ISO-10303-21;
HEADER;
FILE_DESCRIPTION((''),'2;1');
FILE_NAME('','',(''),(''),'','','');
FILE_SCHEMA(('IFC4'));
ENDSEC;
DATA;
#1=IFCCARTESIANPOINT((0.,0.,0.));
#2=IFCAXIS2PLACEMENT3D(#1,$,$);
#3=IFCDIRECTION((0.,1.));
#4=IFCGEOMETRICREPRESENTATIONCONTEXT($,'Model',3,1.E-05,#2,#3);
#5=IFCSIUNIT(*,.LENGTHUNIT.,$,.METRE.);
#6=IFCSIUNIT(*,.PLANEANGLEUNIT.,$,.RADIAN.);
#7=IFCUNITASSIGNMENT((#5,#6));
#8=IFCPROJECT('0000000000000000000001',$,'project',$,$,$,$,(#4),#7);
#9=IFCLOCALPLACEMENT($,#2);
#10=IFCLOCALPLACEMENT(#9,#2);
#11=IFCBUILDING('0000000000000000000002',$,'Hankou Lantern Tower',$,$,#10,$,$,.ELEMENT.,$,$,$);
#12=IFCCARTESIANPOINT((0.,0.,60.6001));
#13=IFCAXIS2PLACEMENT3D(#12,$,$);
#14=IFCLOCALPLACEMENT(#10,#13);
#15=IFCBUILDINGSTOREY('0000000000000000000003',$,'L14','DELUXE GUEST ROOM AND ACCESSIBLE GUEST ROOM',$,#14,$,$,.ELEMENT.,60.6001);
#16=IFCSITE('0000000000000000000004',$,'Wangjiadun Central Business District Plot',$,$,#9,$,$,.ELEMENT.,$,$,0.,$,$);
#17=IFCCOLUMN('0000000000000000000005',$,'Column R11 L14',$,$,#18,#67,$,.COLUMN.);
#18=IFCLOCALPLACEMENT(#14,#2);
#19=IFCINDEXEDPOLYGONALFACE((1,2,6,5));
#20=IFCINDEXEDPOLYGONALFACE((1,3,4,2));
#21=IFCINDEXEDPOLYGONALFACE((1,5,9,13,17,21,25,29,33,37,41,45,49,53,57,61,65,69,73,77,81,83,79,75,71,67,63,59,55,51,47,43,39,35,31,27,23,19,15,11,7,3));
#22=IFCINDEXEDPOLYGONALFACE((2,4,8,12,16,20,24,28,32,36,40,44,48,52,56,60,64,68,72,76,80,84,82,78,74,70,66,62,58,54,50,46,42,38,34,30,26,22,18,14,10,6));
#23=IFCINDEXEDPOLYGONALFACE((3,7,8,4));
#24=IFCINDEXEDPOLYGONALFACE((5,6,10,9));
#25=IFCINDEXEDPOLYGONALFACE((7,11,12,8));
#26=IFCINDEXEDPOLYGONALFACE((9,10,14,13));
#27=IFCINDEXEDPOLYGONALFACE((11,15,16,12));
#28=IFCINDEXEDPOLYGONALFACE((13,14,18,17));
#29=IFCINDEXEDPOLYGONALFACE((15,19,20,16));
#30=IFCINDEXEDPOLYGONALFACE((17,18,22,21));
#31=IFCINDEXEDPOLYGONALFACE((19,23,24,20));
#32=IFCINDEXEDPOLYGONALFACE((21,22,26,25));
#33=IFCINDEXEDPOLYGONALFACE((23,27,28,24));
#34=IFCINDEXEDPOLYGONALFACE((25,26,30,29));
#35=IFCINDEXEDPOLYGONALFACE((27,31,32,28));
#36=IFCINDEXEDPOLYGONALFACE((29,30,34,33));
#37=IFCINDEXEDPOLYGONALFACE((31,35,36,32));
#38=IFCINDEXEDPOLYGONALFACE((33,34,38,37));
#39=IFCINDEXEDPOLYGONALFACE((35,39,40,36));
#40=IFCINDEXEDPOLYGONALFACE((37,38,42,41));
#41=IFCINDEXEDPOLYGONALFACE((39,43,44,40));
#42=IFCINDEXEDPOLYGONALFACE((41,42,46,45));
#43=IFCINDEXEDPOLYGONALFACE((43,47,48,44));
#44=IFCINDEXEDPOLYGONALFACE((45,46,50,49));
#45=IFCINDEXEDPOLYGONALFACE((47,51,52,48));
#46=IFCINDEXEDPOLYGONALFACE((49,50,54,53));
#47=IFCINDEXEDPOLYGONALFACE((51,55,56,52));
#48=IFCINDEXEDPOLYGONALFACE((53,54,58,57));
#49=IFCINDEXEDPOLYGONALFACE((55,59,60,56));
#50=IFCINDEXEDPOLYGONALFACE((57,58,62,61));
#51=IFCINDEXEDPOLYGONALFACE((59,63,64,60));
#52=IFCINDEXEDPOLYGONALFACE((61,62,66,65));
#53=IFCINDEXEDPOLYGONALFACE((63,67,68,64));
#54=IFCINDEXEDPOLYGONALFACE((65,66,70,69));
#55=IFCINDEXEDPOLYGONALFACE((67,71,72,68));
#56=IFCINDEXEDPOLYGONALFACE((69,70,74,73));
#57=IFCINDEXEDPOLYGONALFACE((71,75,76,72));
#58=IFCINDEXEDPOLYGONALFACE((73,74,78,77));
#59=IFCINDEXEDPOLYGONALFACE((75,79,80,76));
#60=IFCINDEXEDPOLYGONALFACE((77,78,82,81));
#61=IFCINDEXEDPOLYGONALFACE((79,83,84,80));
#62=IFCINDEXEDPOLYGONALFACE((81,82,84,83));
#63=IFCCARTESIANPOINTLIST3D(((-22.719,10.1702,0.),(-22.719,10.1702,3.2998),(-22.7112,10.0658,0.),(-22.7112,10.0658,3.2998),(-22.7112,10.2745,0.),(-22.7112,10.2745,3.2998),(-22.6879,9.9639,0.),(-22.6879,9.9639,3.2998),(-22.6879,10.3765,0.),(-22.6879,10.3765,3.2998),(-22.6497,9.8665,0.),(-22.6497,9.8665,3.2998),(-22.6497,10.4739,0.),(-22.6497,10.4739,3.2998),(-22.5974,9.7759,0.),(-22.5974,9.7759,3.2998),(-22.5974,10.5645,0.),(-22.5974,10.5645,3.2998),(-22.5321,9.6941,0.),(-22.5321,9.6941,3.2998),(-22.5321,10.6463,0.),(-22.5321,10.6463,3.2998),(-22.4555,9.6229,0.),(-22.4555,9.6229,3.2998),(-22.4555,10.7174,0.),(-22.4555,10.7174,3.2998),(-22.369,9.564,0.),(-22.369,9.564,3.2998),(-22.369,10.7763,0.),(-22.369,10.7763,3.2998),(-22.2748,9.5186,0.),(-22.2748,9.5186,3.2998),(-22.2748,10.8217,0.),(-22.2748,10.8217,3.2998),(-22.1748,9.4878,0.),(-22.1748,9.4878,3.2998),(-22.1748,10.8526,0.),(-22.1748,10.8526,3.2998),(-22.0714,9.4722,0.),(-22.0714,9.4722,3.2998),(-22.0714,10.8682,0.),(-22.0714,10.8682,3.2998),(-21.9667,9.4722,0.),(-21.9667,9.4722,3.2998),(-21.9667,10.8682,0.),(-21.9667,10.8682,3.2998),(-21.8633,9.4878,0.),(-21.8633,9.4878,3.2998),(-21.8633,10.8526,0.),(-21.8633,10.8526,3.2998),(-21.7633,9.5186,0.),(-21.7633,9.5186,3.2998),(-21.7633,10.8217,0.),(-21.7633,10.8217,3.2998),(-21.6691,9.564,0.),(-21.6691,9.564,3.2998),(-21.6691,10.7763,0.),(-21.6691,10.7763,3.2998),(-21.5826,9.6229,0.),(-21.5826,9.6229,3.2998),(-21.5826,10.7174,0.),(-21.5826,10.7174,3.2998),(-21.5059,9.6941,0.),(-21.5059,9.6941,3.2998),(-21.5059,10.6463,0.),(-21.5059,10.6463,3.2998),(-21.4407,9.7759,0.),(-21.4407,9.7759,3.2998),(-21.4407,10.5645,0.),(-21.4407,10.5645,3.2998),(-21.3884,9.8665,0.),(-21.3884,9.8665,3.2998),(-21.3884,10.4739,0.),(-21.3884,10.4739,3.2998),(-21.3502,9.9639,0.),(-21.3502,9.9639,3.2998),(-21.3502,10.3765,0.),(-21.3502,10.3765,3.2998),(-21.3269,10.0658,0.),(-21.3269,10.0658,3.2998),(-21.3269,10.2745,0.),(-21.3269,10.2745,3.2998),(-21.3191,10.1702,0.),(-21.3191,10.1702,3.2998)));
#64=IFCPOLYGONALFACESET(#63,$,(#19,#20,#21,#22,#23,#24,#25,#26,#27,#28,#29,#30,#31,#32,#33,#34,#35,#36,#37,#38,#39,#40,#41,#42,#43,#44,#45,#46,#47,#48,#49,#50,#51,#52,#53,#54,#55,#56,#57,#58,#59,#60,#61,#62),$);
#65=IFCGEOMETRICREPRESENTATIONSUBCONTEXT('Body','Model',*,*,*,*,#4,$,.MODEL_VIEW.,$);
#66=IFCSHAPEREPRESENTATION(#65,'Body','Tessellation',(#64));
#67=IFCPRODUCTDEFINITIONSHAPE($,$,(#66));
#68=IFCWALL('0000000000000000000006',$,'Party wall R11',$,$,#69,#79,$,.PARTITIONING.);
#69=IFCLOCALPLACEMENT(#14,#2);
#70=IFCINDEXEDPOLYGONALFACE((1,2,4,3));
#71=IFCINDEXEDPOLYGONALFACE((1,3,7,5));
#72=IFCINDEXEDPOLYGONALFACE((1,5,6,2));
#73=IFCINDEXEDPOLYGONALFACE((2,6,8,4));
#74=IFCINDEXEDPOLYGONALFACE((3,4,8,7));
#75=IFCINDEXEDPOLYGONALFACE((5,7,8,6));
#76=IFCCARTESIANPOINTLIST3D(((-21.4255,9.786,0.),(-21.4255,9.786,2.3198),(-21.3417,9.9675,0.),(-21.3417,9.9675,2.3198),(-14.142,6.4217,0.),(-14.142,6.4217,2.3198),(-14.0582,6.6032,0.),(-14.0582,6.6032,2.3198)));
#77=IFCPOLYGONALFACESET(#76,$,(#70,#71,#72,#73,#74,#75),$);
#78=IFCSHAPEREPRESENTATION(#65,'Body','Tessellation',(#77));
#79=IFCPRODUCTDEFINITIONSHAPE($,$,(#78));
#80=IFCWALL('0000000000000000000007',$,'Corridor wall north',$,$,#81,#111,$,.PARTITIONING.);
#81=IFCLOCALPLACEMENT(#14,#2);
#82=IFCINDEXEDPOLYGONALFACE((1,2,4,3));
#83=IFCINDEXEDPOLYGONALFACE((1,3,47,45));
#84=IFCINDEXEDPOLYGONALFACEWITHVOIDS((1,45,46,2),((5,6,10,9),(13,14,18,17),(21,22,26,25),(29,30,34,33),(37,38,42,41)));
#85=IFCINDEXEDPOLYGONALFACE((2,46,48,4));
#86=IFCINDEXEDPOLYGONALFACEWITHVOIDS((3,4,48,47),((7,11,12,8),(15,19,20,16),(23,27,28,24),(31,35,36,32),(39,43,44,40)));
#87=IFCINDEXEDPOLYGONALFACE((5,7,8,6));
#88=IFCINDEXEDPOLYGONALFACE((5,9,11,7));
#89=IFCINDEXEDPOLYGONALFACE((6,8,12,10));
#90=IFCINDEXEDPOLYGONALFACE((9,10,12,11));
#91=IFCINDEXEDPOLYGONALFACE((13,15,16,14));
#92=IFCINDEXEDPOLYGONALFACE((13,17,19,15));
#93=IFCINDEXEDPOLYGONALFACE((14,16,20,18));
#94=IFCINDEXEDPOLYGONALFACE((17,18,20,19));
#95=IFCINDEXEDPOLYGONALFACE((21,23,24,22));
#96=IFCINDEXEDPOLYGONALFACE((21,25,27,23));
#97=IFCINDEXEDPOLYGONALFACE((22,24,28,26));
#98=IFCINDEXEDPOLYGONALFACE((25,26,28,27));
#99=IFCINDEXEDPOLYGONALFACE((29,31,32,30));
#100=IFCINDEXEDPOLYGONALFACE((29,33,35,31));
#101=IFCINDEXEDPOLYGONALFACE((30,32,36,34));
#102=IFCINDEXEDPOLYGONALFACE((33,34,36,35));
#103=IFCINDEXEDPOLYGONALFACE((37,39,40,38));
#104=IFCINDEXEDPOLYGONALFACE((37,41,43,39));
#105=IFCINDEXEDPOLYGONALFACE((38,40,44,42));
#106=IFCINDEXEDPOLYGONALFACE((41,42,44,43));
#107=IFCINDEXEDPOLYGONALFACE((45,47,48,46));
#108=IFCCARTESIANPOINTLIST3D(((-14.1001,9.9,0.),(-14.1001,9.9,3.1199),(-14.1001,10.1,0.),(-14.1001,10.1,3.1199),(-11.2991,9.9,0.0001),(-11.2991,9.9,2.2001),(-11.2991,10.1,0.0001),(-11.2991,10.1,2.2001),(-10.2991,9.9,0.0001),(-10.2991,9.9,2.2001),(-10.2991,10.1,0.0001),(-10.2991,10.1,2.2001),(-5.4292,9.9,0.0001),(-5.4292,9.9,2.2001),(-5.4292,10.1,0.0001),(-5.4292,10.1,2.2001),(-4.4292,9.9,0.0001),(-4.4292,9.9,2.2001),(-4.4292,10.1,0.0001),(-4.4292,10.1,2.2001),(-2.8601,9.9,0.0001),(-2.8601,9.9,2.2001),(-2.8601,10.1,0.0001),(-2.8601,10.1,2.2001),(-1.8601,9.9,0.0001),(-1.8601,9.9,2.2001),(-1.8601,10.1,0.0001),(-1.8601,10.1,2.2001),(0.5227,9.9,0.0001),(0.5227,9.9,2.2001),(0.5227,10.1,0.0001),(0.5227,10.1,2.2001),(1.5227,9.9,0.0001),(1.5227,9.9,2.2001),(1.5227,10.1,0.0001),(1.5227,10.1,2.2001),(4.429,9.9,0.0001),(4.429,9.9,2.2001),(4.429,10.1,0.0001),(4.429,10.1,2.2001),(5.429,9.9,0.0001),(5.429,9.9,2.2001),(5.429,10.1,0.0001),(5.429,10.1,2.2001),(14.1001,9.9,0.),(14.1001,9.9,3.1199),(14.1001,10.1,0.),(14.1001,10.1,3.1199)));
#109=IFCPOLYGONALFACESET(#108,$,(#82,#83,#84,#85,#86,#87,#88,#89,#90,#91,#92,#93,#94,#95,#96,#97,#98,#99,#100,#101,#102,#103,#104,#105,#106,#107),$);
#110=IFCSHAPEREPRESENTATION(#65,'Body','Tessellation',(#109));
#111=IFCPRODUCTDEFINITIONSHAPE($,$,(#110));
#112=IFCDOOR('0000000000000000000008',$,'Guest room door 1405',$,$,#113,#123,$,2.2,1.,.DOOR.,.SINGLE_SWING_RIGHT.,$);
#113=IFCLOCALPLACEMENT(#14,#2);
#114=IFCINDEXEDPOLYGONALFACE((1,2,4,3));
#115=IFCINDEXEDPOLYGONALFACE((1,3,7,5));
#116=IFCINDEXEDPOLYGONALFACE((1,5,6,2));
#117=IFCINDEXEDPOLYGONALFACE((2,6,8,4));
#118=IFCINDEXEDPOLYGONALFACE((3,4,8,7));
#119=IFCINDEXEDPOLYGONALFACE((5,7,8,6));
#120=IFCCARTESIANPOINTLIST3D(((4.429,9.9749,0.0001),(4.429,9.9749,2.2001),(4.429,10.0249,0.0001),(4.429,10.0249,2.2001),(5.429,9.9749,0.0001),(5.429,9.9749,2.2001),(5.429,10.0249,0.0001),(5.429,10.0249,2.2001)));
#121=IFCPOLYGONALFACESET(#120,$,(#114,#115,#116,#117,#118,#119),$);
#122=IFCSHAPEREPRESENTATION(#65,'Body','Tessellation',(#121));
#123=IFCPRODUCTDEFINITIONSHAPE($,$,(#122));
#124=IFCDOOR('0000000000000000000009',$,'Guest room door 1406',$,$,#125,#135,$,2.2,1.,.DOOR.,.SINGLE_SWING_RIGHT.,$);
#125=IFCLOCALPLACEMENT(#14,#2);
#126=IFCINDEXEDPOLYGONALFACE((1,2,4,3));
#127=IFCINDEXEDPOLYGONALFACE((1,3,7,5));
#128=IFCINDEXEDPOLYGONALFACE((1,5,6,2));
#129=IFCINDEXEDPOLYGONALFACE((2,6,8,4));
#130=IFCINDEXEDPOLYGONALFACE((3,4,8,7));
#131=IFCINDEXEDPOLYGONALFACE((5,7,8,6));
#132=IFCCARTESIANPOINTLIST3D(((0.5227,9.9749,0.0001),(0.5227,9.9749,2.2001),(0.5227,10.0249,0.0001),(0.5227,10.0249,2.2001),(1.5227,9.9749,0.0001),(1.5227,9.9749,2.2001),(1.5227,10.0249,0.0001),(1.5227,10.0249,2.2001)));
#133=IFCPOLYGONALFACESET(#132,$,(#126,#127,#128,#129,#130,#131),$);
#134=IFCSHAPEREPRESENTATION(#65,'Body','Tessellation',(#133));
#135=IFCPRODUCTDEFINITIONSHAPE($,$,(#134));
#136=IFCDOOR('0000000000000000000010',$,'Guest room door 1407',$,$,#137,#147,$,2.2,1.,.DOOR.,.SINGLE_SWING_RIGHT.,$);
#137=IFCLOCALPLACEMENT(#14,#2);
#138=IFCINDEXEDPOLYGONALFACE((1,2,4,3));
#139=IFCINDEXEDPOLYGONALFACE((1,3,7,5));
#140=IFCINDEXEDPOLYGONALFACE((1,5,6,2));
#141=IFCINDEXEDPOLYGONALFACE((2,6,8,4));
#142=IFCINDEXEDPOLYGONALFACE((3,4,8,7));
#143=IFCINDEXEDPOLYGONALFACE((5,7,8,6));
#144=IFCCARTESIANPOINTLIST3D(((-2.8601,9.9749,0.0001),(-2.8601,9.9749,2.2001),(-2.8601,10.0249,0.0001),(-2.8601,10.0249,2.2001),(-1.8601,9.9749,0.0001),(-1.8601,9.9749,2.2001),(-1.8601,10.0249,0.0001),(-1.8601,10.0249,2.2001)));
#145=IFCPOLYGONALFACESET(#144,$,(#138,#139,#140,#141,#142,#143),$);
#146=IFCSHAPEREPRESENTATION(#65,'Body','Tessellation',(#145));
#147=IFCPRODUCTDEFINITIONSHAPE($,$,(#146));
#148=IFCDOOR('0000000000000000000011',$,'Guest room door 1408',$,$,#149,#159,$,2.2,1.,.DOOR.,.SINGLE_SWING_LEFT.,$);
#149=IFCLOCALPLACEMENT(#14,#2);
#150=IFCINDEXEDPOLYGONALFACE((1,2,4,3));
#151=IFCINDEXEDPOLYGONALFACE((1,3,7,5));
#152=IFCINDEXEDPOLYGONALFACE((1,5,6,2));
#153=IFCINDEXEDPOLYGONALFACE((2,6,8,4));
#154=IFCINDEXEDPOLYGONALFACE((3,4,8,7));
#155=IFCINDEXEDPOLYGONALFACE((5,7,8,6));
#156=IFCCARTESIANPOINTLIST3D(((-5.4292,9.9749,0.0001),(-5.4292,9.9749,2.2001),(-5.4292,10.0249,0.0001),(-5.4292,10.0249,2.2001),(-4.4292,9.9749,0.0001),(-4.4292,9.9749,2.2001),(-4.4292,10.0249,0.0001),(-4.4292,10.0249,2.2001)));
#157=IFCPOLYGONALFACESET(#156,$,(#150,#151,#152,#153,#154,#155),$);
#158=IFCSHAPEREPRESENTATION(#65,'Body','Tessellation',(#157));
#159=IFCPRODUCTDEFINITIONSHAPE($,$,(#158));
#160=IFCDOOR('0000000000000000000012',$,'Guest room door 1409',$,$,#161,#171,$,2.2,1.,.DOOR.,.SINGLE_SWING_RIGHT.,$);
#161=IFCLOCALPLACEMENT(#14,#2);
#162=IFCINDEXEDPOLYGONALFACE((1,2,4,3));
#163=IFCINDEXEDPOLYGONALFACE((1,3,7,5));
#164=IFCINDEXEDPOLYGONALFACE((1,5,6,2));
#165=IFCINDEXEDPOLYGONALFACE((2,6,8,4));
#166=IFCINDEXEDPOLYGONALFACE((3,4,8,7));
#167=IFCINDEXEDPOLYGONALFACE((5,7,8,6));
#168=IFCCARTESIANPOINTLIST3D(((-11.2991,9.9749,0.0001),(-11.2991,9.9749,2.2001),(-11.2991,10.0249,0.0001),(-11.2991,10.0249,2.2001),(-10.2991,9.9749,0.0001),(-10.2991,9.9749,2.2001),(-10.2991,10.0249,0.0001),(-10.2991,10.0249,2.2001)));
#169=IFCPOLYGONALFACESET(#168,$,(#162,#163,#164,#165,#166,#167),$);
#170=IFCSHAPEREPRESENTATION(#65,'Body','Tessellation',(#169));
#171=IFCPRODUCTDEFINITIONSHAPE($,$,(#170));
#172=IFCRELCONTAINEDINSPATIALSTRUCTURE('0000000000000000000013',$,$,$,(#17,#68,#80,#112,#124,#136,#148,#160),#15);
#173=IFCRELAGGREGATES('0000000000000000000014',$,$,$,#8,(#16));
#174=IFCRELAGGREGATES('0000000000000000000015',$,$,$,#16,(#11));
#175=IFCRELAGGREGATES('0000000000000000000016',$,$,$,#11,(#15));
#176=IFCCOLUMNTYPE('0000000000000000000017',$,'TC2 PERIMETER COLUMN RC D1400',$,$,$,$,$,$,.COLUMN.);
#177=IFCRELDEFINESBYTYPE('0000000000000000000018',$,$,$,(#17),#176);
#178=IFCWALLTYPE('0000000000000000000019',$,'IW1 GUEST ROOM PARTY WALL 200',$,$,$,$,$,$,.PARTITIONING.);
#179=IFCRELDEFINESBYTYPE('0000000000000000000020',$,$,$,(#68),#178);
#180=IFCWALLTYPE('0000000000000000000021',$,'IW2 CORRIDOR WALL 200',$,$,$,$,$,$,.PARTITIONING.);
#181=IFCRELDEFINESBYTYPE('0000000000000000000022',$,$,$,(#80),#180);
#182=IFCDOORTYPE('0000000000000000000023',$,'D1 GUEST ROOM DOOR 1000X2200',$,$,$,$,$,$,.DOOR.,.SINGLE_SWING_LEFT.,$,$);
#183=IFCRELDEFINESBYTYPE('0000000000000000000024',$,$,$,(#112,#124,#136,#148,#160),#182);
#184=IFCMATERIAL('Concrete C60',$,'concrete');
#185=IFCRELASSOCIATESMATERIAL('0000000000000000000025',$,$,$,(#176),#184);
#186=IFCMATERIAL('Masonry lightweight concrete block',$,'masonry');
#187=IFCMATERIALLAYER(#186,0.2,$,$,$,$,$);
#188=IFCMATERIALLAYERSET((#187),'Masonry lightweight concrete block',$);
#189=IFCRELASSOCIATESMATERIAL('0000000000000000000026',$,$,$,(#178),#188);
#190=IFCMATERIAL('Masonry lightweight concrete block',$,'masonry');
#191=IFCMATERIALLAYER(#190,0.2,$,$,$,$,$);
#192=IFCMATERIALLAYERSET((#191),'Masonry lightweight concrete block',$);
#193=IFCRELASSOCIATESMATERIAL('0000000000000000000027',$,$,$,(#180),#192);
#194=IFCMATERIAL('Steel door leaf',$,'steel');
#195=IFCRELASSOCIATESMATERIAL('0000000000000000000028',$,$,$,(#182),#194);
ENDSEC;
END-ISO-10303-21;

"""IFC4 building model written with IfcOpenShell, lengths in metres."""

from ifc_helpers import new_model, si_unit, direction, frame, frame_2d, origin, origin_2d, place, context, subcontext, project, spatial, rectangle, circle, extrude, material, layer, layer_set, material_profile, profile_set, type_object, element, fill, save


model = new_model("IFC4")

# Units and contexts
model_context = context("Model", 3, precision=1e-05, world=origin(), true_north=direction((0.0, 1.0)))
body_context = subcontext(model_context, "Body", "Model", "MODEL_VIEW")
ifc_project = project(units=[si_unit("LENGTHUNIT", "METRE"), si_unit("PLANEANGLEUNIT", "RADIAN")], contexts=[model_context])

# Site, building, storey
site_placement = place(None, origin())
site = spatial("IfcSite", under=ifc_project, at=site_placement, Name="Wangjiadun Central Business District Plot", CompositionType="ELEMENT", RefElevation=0.0)
building_placement = place(site_placement, origin())
building = spatial("IfcBuilding", under=site, at=building_placement, Name="Hankou Lantern Tower", CompositionType="ELEMENT")
storey_placement = place(building_placement, frame((0.0, 0.0, 60.6001)))
storey = spatial("IfcBuildingStorey", under=building, at=storey_placement, Name="L14", Description="DELUXE GUEST ROOM AND ACCESSIBLE GUEST ROOM", CompositionType="ELEMENT", Elevation=60.6001)

# Column
ifc_material_1 = material(Name="Concrete C60", Category="concrete")
ifc_material_profile = material_profile(ifc_material_1, circle(Radius=0.7, at=origin_2d()), Name="RC D1400")
ifc_profile_set = profile_set([ifc_material_profile], Name="Concrete C60")
column_type = type_object("IfcColumnType", Name="TC2 PERIMETER COLUMN RC D1400", PredefinedType="COLUMN", material=ifc_profile_set)
column_placement = place(storey_placement, frame((-22.019, 10.1702, 0.0), z_axis=(0.0, 0.0, 1.0), x_axis=(1.0, 0.0, 0.0)))
element("IfcColumn", 1, at=column_placement, inside=storey, type_object=column_type, Name="Column R11 L14", PredefinedType="COLUMN", context=body_context, shape_type="SweptSolid", body=[
    extrude(circle(Radius=0.7, at=origin_2d()), origin(), (0.0, 0.0, 1.0), 3.2998),
])

# Wall
ifc_material_2 = material(Name="Masonry lightweight concrete block", Category="masonry")
ifc_layer_1 = layer(ifc_material_2, 0.2)
ifc_layer_set_1 = layer_set([ifc_layer_1], Name="Masonry lightweight concrete block")
wall_type_1 = type_object("IfcWallType", Name="IW1 GUEST ROOM PARTY WALL 200", PredefinedType="PARTITIONING", material=ifc_layer_set_1)
wall_1_placement = place(storey_placement, frame((-14.1001, 6.5125, 0.0), z_axis=(0.0, 0.0, 1.0), x_axis=(-0.907833, 0.419332, 0.0)))
element("IfcWall", 2, at=wall_1_placement, inside=storey, type_object=wall_type_1, Name="Party wall R11", PredefinedType="PARTITIONING", context=body_context, shape_type="SweptSolid", body=[
    extrude(rectangle(XDim=8.0229, YDim=0.2, at=frame_2d((4.0115, 0.0))), origin(), (0.0, 0.0, 1.0), 2.3198),
])

# Wall, openings, doors
ifc_material_3 = material(Name="Masonry lightweight concrete block", Category="masonry")
ifc_layer_2 = layer(ifc_material_3, 0.2)
ifc_layer_set_2 = layer_set([ifc_layer_2], Name="Masonry lightweight concrete block")
wall_type_2 = type_object("IfcWallType", Name="IW2 CORRIDOR WALL 200", PredefinedType="PARTITIONING", material=ifc_layer_set_2)
wall_2_placement = place(storey_placement, frame((-14.1001, 10.0, 0.0), z_axis=(0.0, 0.0, 1.0), x_axis=(1.0, 0.0, 0.0)))
wall_2 = element("IfcWall", 3, at=wall_2_placement, inside=storey, type_object=wall_type_2, Name="Corridor wall north", PredefinedType="PARTITIONING", context=body_context, shape_type="SweptSolid", body=[
    extrude(rectangle(XDim=28.2002, YDim=0.2, at=frame_2d((14.1001, 0.0))), origin(), (0.0, 0.0, 1.0), 3.1199),
])
opening_1_placement = place(wall_2_placement, frame((18.5291, 0.0, 0.0)))
opening_1 = element("IfcOpeningElement", 4, at=opening_1_placement, cuts=wall_2, PredefinedType="OPENING", context=body_context, shape_type="SweptSolid", body=[
    extrude(rectangle(XDim=1.0, YDim=2.2, at=frame_2d((0.5, 1.1001))), frame((0.0, 0.1099, 0.0), z_axis=(0.0, -1.0, 0.0), x_axis=(1.0, 0.0, 0.0)), (0.0, 0.0, 1.0), 0.22),
])
opening_2_placement = place(wall_2_placement, frame((14.6228, 0.0, 0.0)))
opening_2 = element("IfcOpeningElement", 5, at=opening_2_placement, cuts=wall_2, PredefinedType="OPENING", context=body_context, shape_type="SweptSolid", body=[
    extrude(rectangle(XDim=1.0, YDim=2.2, at=frame_2d((0.5, 1.1001))), frame((0.0, 0.1099, 0.0), z_axis=(0.0, -1.0, 0.0), x_axis=(1.0, 0.0, 0.0)), (0.0, 0.0, 1.0), 0.22),
])
opening_3_placement = place(wall_2_placement, frame((11.24, 0.0, 0.0)))
opening_3 = element("IfcOpeningElement", 6, at=opening_3_placement, cuts=wall_2, PredefinedType="OPENING", context=body_context, shape_type="SweptSolid", body=[
    extrude(rectangle(XDim=1.0, YDim=2.2, at=frame_2d((0.5, 1.1001))), frame((0.0, 0.1099, 0.0), z_axis=(0.0, -1.0, 0.0), x_axis=(1.0, 0.0, 0.0)), (0.0, 0.0, 1.0), 0.22),
])
opening_4_placement = place(wall_2_placement, frame((8.6709, 0.0, 0.0)))
opening_4 = element("IfcOpeningElement", 7, at=opening_4_placement, cuts=wall_2, PredefinedType="OPENING", context=body_context, shape_type="SweptSolid", body=[
    extrude(rectangle(XDim=1.0, YDim=2.2, at=frame_2d((0.5, 1.1001))), frame((0.0, 0.1099, 0.0), z_axis=(0.0, -1.0, 0.0), x_axis=(1.0, 0.0, 0.0)), (0.0, 0.0, 1.0), 0.22),
])
opening_5_placement = place(wall_2_placement, frame((2.801, 0.0, 0.0)))
opening_5 = element("IfcOpeningElement", 8, at=opening_5_placement, cuts=wall_2, PredefinedType="OPENING", context=body_context, shape_type="SweptSolid", body=[
    extrude(rectangle(XDim=1.0, YDim=2.2, at=frame_2d((0.5, 1.1001))), frame((0.0, 0.1099, 0.0), z_axis=(0.0, -1.0, 0.0), x_axis=(1.0, 0.0, 0.0)), (0.0, 0.0, 1.0), 0.22),
])
ifc_material_4 = material(Name="Steel door leaf", Category="steel")
door_type_1 = type_object("IfcDoorType", Name="D1 GUEST ROOM DOOR 1000X2200", OperationType="SINGLE_SWING_LEFT", PredefinedType="DOOR", material=ifc_material_4)
door_1_placement = place(opening_1_placement, origin())
door_1 = element("IfcDoor", 9, at=door_1_placement, inside=storey, type_object=door_type_1, Name="Guest room door 1405", OperationType="SINGLE_SWING_RIGHT", OverallHeight=2.2, OverallWidth=1.0, PredefinedType="DOOR", context=body_context, shape_type="SweptSolid", body=[
    extrude(rectangle(XDim=1.0, YDim=2.2, at=frame_2d((0.5, 1.1001))), frame((0.0, 0.0249, 0.0), z_axis=(0.0, -1.0, 0.0), x_axis=(1.0, 0.0, 0.0)), (0.0, 0.0, 1.0), 0.05),
])
fill(opening_1, door_1)
door_2_placement = place(opening_2_placement, origin())
door_2 = element("IfcDoor", 10, at=door_2_placement, inside=storey, type_object=door_type_1, Name="Guest room door 1406", OperationType="SINGLE_SWING_RIGHT", OverallHeight=2.2, OverallWidth=1.0, PredefinedType="DOOR", context=body_context, shape_type="SweptSolid", body=[
    extrude(rectangle(XDim=1.0, YDim=2.2, at=frame_2d((0.5, 1.1001))), frame((0.0, 0.0249, 0.0), z_axis=(0.0, -1.0, 0.0), x_axis=(1.0, 0.0, 0.0)), (0.0, 0.0, 1.0), 0.05),
])
fill(opening_2, door_2)
door_3_placement = place(opening_3_placement, origin())
door_3 = element("IfcDoor", 11, at=door_3_placement, inside=storey, type_object=door_type_1, Name="Guest room door 1407", OperationType="SINGLE_SWING_RIGHT", OverallHeight=2.2, OverallWidth=1.0, PredefinedType="DOOR", context=body_context, shape_type="SweptSolid", body=[
    extrude(rectangle(XDim=1.0, YDim=2.2, at=frame_2d((0.5, 1.1001))), frame((0.0, 0.0249, 0.0), z_axis=(0.0, -1.0, 0.0), x_axis=(1.0, 0.0, 0.0)), (0.0, 0.0, 1.0), 0.05),
])
fill(opening_3, door_3)
door_4_placement = place(opening_4_placement, origin())
door_4 = element("IfcDoor", 12, at=door_4_placement, inside=storey, type_object=door_type_1, Name="Guest room door 1408", OperationType="SINGLE_SWING_LEFT", OverallHeight=2.2, OverallWidth=1.0, PredefinedType="DOOR", context=body_context, shape_type="SweptSolid", body=[
    extrude(rectangle(XDim=1.0, YDim=2.2, at=frame_2d((0.5, 1.1001))), frame((0.0, 0.0249, 0.0), z_axis=(0.0, -1.0, 0.0), x_axis=(1.0, 0.0, 0.0)), (0.0, 0.0, 1.0), 0.05),
])
fill(opening_4, door_4)
door_5_placement = place(opening_5_placement, origin())
door_5 = element("IfcDoor", 13, at=door_5_placement, inside=storey, type_object=door_type_1, Name="Guest room door 1409", OperationType="SINGLE_SWING_RIGHT", OverallHeight=2.2, OverallWidth=1.0, PredefinedType="DOOR", context=body_context, shape_type="SweptSolid", body=[
    extrude(rectangle(XDim=1.0, YDim=2.2, at=frame_2d((0.5, 1.1001))), frame((0.0, 0.0249, 0.0), z_axis=(0.0, -1.0, 0.0), x_axis=(1.0, 0.0, 0.0)), (0.0, 0.0, 1.0), 0.05),
])
fill(opening_5, door_5)

save(model, "model.ifc")
